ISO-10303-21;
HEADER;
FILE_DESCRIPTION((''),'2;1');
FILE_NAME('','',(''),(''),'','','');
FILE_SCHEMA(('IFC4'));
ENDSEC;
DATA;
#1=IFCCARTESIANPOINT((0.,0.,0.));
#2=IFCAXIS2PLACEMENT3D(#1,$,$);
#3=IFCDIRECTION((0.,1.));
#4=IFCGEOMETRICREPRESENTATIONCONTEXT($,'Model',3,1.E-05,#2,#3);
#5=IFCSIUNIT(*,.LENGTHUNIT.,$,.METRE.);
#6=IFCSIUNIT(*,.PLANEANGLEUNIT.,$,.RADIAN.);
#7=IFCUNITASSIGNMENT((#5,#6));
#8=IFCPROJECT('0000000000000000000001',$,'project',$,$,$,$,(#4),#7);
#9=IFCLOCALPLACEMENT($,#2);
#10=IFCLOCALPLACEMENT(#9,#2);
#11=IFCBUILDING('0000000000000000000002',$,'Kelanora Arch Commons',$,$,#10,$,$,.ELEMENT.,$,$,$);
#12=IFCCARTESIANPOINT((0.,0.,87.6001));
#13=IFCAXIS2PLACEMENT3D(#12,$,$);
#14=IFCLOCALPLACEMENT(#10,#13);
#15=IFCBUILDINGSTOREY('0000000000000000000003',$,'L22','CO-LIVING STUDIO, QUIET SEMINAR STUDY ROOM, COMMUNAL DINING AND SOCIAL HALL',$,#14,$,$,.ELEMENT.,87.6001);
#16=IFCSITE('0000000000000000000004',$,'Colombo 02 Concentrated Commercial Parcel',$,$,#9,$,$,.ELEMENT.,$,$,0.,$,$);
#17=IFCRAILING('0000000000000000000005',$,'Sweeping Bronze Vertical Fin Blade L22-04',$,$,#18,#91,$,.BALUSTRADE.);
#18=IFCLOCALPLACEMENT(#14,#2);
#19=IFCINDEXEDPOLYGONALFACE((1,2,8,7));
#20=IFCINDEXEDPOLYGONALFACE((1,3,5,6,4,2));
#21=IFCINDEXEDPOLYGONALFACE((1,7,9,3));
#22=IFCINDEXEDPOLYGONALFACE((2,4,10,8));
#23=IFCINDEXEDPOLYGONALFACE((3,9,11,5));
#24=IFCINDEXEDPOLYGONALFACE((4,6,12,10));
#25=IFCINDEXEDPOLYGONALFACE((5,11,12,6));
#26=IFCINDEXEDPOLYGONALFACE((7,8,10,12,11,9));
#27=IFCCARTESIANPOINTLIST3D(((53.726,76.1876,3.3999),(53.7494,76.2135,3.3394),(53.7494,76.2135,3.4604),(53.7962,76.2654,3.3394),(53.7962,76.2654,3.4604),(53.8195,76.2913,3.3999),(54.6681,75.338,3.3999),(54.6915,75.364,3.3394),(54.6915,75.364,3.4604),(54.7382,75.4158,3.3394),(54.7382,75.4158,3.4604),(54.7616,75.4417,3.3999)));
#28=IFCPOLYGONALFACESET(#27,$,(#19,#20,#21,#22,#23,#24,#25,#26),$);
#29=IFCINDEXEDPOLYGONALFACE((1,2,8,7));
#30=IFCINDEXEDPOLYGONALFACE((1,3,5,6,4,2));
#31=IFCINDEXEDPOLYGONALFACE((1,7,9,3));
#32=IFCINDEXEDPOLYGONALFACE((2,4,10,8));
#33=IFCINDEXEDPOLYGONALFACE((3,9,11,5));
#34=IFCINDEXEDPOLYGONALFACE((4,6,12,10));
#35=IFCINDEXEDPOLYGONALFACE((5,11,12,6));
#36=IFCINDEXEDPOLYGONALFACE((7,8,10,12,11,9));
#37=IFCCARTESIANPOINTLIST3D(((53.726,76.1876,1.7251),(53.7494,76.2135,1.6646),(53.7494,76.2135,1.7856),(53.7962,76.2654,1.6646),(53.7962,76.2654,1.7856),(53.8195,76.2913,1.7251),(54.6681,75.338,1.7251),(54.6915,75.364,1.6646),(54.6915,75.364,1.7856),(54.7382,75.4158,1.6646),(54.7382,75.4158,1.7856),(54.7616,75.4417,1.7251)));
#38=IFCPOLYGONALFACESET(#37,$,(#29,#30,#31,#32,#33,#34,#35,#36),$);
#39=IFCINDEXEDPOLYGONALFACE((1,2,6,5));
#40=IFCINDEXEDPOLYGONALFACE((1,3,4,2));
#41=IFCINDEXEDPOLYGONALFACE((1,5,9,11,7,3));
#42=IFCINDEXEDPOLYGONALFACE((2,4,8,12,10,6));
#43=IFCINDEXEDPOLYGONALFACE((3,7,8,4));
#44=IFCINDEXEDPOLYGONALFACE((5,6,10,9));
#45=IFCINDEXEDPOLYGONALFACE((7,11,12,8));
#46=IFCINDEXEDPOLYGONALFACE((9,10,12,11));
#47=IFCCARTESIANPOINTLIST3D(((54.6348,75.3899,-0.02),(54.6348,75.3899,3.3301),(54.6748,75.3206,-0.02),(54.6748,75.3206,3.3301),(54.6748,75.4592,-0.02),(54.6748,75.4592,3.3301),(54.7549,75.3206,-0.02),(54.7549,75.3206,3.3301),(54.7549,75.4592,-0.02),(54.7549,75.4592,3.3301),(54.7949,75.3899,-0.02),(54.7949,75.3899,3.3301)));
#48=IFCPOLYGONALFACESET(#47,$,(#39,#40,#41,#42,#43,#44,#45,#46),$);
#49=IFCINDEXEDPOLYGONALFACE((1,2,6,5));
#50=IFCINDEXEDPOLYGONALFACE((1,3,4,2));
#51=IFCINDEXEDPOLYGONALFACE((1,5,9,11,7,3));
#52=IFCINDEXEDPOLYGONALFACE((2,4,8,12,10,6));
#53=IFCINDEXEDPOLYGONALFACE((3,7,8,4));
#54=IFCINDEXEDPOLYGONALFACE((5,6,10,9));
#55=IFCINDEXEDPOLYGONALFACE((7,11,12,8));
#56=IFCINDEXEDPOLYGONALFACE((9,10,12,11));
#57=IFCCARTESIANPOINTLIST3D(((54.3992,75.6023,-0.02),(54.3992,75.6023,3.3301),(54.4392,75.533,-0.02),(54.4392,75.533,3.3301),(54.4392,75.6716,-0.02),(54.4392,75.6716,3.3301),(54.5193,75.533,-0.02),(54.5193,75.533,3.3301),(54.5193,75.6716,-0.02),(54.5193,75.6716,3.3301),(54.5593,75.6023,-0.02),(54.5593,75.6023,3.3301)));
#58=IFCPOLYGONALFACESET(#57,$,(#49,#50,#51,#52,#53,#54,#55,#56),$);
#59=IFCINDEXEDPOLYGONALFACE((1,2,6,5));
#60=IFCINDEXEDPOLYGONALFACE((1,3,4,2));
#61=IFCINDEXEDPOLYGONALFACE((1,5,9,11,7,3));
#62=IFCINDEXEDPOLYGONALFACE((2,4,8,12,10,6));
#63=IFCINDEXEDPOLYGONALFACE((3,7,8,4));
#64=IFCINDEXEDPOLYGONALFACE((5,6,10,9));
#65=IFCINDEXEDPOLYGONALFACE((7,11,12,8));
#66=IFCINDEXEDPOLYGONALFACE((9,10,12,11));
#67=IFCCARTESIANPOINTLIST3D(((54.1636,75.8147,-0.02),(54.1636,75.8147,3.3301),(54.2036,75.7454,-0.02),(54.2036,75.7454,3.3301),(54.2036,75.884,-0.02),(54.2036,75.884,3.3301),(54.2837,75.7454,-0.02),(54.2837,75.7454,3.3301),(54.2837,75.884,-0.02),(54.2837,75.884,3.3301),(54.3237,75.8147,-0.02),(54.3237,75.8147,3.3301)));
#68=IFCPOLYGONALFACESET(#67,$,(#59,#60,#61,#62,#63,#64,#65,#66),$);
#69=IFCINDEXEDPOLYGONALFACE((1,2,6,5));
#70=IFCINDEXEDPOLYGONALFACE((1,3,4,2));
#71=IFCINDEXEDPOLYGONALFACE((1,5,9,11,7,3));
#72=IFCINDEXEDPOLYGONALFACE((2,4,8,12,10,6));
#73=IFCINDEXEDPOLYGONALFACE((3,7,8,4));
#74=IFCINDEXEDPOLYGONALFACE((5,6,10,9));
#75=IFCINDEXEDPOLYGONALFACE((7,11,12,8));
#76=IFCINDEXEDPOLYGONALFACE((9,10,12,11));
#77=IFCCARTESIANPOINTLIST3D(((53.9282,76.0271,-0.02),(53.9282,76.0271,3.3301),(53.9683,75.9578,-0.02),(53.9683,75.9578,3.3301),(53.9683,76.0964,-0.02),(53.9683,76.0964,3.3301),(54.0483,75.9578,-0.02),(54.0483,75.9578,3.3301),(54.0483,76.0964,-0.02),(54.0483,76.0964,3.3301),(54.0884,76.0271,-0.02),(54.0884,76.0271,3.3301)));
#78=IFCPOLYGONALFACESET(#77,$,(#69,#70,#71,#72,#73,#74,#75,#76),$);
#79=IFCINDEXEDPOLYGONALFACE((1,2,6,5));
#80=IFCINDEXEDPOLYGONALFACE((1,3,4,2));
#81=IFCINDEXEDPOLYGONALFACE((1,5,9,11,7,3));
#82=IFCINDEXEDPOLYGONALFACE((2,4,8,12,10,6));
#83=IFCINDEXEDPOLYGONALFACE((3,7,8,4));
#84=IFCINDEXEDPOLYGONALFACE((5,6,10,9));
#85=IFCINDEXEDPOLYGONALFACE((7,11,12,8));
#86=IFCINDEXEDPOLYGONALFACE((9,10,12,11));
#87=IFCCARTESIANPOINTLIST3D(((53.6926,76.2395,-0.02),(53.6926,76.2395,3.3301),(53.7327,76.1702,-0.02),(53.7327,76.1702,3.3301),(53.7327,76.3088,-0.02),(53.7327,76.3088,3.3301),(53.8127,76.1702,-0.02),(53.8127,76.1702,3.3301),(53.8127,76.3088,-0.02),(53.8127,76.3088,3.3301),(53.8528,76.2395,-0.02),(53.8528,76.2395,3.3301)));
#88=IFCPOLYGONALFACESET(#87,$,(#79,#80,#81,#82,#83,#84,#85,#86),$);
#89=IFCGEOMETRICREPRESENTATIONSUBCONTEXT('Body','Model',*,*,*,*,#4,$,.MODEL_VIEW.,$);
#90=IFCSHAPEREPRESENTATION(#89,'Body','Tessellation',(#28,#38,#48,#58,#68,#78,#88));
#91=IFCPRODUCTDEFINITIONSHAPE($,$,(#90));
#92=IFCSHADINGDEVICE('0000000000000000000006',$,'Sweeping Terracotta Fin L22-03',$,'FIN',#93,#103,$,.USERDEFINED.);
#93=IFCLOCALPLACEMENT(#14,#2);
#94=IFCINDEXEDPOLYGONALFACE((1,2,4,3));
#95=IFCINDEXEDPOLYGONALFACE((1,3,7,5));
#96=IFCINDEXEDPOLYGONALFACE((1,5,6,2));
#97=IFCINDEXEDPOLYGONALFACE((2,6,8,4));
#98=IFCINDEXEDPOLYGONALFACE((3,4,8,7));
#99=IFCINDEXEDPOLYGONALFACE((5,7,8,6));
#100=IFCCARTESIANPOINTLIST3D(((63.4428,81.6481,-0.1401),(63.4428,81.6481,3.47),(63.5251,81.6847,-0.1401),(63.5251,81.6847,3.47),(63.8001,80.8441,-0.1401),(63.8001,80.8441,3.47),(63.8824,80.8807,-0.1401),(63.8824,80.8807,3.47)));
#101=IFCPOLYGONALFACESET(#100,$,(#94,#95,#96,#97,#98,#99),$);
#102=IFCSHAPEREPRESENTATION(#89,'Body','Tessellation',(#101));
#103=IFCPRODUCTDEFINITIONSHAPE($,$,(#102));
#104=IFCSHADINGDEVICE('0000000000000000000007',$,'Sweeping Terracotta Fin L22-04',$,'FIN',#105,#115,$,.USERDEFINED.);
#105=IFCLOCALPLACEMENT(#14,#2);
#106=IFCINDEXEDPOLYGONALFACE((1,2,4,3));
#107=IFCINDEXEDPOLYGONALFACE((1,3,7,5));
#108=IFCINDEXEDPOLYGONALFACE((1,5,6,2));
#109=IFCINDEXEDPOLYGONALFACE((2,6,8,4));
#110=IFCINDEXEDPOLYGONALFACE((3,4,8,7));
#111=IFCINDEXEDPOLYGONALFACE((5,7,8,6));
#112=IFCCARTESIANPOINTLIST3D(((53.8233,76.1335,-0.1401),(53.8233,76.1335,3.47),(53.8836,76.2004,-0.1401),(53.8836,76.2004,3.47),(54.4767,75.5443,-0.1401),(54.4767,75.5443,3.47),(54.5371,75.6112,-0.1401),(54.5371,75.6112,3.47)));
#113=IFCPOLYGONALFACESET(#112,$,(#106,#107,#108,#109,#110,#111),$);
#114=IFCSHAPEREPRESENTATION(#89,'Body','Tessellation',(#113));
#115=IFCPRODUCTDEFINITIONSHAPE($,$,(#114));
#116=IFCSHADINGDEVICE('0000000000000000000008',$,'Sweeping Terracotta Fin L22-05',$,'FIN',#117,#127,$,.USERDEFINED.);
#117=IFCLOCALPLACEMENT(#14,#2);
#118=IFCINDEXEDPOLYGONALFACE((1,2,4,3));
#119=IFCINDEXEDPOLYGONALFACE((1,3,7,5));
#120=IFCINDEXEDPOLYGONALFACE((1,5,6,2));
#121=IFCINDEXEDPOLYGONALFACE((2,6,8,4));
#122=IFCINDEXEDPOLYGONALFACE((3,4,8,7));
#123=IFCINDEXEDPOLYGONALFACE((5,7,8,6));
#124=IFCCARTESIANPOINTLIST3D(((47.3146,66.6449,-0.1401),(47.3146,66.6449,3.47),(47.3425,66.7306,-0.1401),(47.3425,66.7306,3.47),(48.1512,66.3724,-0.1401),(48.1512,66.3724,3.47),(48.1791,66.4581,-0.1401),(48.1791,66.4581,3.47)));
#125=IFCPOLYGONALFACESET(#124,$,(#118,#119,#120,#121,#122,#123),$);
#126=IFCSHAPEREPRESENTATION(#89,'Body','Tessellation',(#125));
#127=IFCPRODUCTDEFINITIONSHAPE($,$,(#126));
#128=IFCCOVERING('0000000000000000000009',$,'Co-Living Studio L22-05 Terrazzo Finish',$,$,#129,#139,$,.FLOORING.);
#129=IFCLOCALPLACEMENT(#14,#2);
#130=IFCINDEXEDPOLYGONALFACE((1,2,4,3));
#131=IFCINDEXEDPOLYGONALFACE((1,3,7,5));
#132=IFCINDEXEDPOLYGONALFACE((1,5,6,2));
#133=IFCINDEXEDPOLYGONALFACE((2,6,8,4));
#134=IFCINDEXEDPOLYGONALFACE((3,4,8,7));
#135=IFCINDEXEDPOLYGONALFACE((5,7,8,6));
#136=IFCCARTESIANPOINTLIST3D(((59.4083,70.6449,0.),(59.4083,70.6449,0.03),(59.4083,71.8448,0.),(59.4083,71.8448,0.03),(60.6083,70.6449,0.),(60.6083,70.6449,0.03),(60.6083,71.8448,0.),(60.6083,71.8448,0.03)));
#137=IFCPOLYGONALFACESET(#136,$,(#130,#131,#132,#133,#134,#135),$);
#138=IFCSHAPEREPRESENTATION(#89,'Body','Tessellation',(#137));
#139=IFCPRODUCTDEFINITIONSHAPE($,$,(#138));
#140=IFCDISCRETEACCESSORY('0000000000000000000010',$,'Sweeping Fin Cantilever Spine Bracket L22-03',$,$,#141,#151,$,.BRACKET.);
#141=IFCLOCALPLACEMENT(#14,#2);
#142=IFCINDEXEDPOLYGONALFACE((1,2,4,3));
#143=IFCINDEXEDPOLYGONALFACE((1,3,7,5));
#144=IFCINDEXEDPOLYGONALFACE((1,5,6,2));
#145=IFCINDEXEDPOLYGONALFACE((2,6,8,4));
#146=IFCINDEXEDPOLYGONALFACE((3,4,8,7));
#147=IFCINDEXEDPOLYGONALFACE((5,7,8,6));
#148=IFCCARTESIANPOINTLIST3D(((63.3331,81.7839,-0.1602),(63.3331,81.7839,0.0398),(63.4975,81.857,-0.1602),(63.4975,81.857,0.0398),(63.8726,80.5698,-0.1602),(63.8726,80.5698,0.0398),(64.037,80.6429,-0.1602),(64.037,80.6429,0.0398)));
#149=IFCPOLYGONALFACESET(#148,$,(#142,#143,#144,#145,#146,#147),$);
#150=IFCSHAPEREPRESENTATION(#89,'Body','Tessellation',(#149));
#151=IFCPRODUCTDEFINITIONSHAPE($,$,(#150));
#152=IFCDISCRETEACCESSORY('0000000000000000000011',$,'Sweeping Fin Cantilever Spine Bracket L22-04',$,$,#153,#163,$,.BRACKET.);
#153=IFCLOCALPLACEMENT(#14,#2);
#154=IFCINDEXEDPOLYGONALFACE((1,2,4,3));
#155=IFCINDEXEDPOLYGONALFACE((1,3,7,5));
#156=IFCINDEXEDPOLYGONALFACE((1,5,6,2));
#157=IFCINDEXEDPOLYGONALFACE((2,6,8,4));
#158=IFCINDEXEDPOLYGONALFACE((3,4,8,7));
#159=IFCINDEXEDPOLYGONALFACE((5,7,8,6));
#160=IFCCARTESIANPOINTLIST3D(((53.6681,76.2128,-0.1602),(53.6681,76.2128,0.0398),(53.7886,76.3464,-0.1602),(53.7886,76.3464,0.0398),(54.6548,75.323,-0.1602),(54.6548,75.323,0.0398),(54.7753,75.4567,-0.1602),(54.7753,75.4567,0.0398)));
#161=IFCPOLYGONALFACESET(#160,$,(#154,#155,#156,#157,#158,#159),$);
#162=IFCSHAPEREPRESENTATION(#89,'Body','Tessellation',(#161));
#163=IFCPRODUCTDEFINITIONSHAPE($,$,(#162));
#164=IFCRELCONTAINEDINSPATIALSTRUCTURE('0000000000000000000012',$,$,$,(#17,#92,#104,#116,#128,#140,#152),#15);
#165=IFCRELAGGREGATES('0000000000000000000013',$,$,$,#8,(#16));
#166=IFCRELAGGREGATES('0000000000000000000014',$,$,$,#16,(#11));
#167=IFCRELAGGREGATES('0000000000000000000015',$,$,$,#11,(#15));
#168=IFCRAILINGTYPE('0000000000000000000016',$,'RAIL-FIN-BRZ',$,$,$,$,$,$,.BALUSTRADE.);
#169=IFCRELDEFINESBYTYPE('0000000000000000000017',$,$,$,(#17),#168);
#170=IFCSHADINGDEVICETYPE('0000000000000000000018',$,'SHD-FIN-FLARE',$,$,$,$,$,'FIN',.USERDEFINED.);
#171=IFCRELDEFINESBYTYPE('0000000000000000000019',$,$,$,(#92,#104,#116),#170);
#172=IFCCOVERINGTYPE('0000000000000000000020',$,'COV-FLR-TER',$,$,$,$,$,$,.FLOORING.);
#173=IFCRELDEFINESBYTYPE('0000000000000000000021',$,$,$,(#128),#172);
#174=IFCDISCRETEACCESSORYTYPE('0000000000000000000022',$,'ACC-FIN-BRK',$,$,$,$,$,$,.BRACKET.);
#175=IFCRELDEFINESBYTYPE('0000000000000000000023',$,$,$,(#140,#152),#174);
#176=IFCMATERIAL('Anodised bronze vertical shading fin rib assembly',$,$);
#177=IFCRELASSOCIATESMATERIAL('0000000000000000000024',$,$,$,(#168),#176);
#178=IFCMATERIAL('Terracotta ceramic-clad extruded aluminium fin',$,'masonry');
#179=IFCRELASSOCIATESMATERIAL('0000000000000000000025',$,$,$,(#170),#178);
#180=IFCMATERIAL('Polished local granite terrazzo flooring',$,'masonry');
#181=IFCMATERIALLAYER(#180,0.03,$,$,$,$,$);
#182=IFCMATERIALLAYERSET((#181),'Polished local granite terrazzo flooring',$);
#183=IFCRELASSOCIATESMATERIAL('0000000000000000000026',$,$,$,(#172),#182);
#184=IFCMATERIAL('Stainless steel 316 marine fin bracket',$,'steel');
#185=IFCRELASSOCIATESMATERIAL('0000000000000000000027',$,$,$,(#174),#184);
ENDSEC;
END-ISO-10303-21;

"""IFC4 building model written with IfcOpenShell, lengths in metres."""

from ifc_helpers import new_model, si_unit, direction, frame, origin, origin_2d, place, context, subcontext, project, spatial, polyline, rectangle, outline, extrude, source, transform, mapped, material, layer, layer_set, type_object, element, save


model = new_model("IFC4")

# Units and contexts
model_context = context("Model", 3, precision=1e-05, world=origin(), true_north=direction((0.0, 1.0)))
body_context = subcontext(model_context, "Body", "Model", "MODEL_VIEW")
ifc_project = project(units=[si_unit("LENGTHUNIT", "METRE"), si_unit("PLANEANGLEUNIT", "RADIAN")], contexts=[model_context])

# Site, building, storey
site_placement = place(None, origin())
site = spatial("IfcSite", under=ifc_project, at=site_placement, Name="Colombo 02 Concentrated Commercial Parcel", CompositionType="ELEMENT", RefElevation=0.0)
building_placement = place(site_placement, origin())
building = spatial("IfcBuilding", under=site, at=building_placement, Name="Kelanora Arch Commons", CompositionType="ELEMENT")
storey_placement = place(building_placement, frame((0.0, 0.0, 87.6001)))
storey = spatial("IfcBuildingStorey", under=building, at=storey_placement, Name="L22", Description="CO-LIVING STUDIO, QUIET SEMINAR STUDY ROOM, COMMUNAL DINING AND SOCIAL HALL", CompositionType="ELEMENT", Elevation=87.6001)

# Railing
ifc_material_1 = material(Name="Anodised bronze vertical shading fin rib assembly")
railing_type = type_object("IfcRailingType", Name="RAIL-FIN-BRZ", PredefinedType="BALUSTRADE", material=ifc_material_1)
railing_placement = place(storey_placement, frame((54.7148, 75.3899, -0.02)))
element("IfcRailing", 1, at=railing_placement, inside=storey, type_object=railing_type, Name="Sweeping Bronze Vertical Fin Blade L22-04", PredefinedType="BALUSTRADE", context=body_context, shape_type="SweptSolid", body=[
    extrude(outline(polyline([(0.0698, 0.0), (0.0349, 0.0605), (-0.0349, 0.0605), (-0.0698, 0.0), (-0.0349, -0.0605), (0.0349, -0.0605), (0.0698, 0.0)])), frame((0.0, 0.0, 3.4199), z_axis=(-0.742634, 0.669698, 0.0), x_axis=(-0.669698, -0.742634, 0.0)), (0.0, 0.0, 1.0), 1.2686),
    extrude(outline(polyline([(0.0698, 0.0), (0.0349, 0.0605), (-0.0349, 0.0605), (-0.0698, 0.0), (-0.0349, -0.0605), (0.0349, -0.0605), (0.0698, 0.0)])), frame((0.0, 0.0, 1.7451), z_axis=(-0.742634, 0.669698, 0.0), x_axis=(-0.669698, -0.742634, 0.0)), (0.0, 0.0, 1.0), 1.2686),
    extrude(outline(polyline([(0.0801, 0.0), (0.04, 0.0693), (-0.04, 0.0693), (-0.0801, 0.0), (-0.04, -0.0693), (0.04, -0.0693), (0.0801, 0.0)])), origin(), (0.0, 0.0, 1.0), 3.3501),
    extrude(outline(polyline([(0.0801, 0.0), (0.04, 0.0693), (-0.04, 0.0693), (-0.0801, 0.0), (-0.04, -0.0693), (0.04, -0.0693), (0.0801, 0.0)])), frame((-0.2356, 0.2124, 0.0)), (0.0, 0.0, 1.0), 3.3501),
    extrude(outline(polyline([(0.0801, 0.0), (0.04, 0.0693), (-0.04, 0.0693), (-0.0801, 0.0), (-0.04, -0.0693), (0.04, -0.0693), (0.0801, 0.0)])), frame((-0.4712, 0.4248, 0.0)), (0.0, 0.0, 1.0), 3.3501),
    extrude(outline(polyline([(0.0801, 0.0), (0.04, 0.0693), (-0.04, 0.0693), (-0.0801, 0.0), (-0.04, -0.0693), (0.04, -0.0693), (0.0801, 0.0)])), frame((-0.7065, 0.6372, 0.0)), (0.0, 0.0, 1.0), 3.3501),
    extrude(outline(polyline([(0.0801, 0.0), (0.04, 0.0693), (-0.04, 0.0693), (-0.0801, 0.0), (-0.04, -0.0693), (0.04, -0.0693), (0.0801, 0.0)])), frame((-0.9421, 0.8496, 0.0)), (0.0, 0.0, 1.0), 3.3501),
])

# Shading devices
ifc_material_2 = material(Name="Terracotta ceramic-clad extruded aluminium fin", Category="masonry")
shading_device_type = type_object("IfcShadingDeviceType", Name="SHD-FIN-FLARE", ElementType="FIN", PredefinedType="USERDEFINED", material=ifc_material_2)
shared_shape_1 = source(origin(), body_context, "Body", "SweptSolid", [
    extrude(rectangle(XDim=0.8799, YDim=0.0901, at=origin_2d()), origin(), (0.0, 0.0, 1.0), 3.6101),
])
for number, where, z_axis, x_axis, name in (
    (2, (63.6626, 81.2644, -0.1401), (0.0, 0.0, 1.0), (-0.406099, 0.913829, 0.0), "Sweeping Terracotta Fin L22-03"),
    (3, (54.1802, 75.8723, -0.1401), (0.0, 0.0, 1.0), (-0.742678, 0.669649, 0.0), "Sweeping Terracotta Fin L22-04"),
    (4, (47.7468, 66.5515, -0.1401), (0.0, 0.0, 1.0), (-0.950841, 0.309681, 0.0), "Sweeping Terracotta Fin L22-05"),
):
    element("IfcShadingDevice", number, at=place(storey_placement, frame(where, z_axis=z_axis, x_axis=x_axis)), inside=storey, type_object=shading_device_type, Name=name, ObjectType="FIN", PredefinedType="USERDEFINED", context=body_context, shape_type="MappedRepresentation", body=[
        mapped(shared_shape_1, transform((0.0, 0.0, 0.0), scale=1.0)),
    ])

# Covering
ifc_material_3 = material(Name="Polished local granite terrazzo flooring", Category="masonry")
ifc_layer_1 = layer(ifc_material_3, 0.03)
ifc_layer_set_1 = layer_set([ifc_layer_1], Name="Polished local granite terrazzo flooring")
covering_type = type_object("IfcCoveringType", Name="COV-FLR-TER", PredefinedType="FLOORING", material=ifc_layer_set_1)
shared_shape_2 = source(origin(), body_context, "Body", "SweptSolid", [
    extrude(rectangle(XDim=1.2, YDim=1.2, at=origin_2d()), origin(), (0.0, 0.0, 1.0), 0.03),
])
covering_placement = place(storey_placement, frame((60.0083, 71.2449, 0.0), z_axis=(0.0, 0.0, 1.0), x_axis=(1.0, 0.0, 0.0)))
element("IfcCovering", 5, at=covering_placement, inside=storey, type_object=covering_type, Name="Co-Living Studio L22-05 Terrazzo Finish", PredefinedType="FLOORING", context=body_context, shape_type="MappedRepresentation", body=[
    mapped(shared_shape_2, transform((0.0, 0.0, 0.0), scale=1.0)),
])

# Discrete accessories
ifc_material_4 = material(Name="Stainless steel 316 marine fin bracket", Category="steel")
discrete_accessory_type = type_object("IfcDiscreteAccessoryType", Name="ACC-FIN-BRK", PredefinedType="BRACKET", material=ifc_material_4)
shared_shape_3 = source(origin(), body_context, "Body", "SweptSolid", [
    extrude(rectangle(XDim=1.3286, YDim=0.1799, at=origin_2d()), origin(), (0.0, 0.0, 1.0), 0.2),
])
for number, where, z_axis, x_axis, name in (
    (6, (63.6851, 81.2134, -0.1602), (0.0, 0.0, 1.0), (-0.406099, 0.913829, 0.0), "Sweeping Fin Cantilever Spine Bracket L22-03"),
    (7, (54.2217, 75.8347, -0.1602), (0.0, 0.0, 1.0), (-0.742678, 0.669649, 0.0), "Sweeping Fin Cantilever Spine Bracket L22-04"),
):
    element("IfcDiscreteAccessory", number, at=place(storey_placement, frame(where, z_axis=z_axis, x_axis=x_axis)), inside=storey, type_object=discrete_accessory_type, Name=name, PredefinedType="BRACKET", context=body_context, shape_type="MappedRepresentation", body=[
        mapped(shared_shape_3, transform((0.0, 0.0, 0.0), scale=1.0)),
    ])

save(model, "model.ifc")
